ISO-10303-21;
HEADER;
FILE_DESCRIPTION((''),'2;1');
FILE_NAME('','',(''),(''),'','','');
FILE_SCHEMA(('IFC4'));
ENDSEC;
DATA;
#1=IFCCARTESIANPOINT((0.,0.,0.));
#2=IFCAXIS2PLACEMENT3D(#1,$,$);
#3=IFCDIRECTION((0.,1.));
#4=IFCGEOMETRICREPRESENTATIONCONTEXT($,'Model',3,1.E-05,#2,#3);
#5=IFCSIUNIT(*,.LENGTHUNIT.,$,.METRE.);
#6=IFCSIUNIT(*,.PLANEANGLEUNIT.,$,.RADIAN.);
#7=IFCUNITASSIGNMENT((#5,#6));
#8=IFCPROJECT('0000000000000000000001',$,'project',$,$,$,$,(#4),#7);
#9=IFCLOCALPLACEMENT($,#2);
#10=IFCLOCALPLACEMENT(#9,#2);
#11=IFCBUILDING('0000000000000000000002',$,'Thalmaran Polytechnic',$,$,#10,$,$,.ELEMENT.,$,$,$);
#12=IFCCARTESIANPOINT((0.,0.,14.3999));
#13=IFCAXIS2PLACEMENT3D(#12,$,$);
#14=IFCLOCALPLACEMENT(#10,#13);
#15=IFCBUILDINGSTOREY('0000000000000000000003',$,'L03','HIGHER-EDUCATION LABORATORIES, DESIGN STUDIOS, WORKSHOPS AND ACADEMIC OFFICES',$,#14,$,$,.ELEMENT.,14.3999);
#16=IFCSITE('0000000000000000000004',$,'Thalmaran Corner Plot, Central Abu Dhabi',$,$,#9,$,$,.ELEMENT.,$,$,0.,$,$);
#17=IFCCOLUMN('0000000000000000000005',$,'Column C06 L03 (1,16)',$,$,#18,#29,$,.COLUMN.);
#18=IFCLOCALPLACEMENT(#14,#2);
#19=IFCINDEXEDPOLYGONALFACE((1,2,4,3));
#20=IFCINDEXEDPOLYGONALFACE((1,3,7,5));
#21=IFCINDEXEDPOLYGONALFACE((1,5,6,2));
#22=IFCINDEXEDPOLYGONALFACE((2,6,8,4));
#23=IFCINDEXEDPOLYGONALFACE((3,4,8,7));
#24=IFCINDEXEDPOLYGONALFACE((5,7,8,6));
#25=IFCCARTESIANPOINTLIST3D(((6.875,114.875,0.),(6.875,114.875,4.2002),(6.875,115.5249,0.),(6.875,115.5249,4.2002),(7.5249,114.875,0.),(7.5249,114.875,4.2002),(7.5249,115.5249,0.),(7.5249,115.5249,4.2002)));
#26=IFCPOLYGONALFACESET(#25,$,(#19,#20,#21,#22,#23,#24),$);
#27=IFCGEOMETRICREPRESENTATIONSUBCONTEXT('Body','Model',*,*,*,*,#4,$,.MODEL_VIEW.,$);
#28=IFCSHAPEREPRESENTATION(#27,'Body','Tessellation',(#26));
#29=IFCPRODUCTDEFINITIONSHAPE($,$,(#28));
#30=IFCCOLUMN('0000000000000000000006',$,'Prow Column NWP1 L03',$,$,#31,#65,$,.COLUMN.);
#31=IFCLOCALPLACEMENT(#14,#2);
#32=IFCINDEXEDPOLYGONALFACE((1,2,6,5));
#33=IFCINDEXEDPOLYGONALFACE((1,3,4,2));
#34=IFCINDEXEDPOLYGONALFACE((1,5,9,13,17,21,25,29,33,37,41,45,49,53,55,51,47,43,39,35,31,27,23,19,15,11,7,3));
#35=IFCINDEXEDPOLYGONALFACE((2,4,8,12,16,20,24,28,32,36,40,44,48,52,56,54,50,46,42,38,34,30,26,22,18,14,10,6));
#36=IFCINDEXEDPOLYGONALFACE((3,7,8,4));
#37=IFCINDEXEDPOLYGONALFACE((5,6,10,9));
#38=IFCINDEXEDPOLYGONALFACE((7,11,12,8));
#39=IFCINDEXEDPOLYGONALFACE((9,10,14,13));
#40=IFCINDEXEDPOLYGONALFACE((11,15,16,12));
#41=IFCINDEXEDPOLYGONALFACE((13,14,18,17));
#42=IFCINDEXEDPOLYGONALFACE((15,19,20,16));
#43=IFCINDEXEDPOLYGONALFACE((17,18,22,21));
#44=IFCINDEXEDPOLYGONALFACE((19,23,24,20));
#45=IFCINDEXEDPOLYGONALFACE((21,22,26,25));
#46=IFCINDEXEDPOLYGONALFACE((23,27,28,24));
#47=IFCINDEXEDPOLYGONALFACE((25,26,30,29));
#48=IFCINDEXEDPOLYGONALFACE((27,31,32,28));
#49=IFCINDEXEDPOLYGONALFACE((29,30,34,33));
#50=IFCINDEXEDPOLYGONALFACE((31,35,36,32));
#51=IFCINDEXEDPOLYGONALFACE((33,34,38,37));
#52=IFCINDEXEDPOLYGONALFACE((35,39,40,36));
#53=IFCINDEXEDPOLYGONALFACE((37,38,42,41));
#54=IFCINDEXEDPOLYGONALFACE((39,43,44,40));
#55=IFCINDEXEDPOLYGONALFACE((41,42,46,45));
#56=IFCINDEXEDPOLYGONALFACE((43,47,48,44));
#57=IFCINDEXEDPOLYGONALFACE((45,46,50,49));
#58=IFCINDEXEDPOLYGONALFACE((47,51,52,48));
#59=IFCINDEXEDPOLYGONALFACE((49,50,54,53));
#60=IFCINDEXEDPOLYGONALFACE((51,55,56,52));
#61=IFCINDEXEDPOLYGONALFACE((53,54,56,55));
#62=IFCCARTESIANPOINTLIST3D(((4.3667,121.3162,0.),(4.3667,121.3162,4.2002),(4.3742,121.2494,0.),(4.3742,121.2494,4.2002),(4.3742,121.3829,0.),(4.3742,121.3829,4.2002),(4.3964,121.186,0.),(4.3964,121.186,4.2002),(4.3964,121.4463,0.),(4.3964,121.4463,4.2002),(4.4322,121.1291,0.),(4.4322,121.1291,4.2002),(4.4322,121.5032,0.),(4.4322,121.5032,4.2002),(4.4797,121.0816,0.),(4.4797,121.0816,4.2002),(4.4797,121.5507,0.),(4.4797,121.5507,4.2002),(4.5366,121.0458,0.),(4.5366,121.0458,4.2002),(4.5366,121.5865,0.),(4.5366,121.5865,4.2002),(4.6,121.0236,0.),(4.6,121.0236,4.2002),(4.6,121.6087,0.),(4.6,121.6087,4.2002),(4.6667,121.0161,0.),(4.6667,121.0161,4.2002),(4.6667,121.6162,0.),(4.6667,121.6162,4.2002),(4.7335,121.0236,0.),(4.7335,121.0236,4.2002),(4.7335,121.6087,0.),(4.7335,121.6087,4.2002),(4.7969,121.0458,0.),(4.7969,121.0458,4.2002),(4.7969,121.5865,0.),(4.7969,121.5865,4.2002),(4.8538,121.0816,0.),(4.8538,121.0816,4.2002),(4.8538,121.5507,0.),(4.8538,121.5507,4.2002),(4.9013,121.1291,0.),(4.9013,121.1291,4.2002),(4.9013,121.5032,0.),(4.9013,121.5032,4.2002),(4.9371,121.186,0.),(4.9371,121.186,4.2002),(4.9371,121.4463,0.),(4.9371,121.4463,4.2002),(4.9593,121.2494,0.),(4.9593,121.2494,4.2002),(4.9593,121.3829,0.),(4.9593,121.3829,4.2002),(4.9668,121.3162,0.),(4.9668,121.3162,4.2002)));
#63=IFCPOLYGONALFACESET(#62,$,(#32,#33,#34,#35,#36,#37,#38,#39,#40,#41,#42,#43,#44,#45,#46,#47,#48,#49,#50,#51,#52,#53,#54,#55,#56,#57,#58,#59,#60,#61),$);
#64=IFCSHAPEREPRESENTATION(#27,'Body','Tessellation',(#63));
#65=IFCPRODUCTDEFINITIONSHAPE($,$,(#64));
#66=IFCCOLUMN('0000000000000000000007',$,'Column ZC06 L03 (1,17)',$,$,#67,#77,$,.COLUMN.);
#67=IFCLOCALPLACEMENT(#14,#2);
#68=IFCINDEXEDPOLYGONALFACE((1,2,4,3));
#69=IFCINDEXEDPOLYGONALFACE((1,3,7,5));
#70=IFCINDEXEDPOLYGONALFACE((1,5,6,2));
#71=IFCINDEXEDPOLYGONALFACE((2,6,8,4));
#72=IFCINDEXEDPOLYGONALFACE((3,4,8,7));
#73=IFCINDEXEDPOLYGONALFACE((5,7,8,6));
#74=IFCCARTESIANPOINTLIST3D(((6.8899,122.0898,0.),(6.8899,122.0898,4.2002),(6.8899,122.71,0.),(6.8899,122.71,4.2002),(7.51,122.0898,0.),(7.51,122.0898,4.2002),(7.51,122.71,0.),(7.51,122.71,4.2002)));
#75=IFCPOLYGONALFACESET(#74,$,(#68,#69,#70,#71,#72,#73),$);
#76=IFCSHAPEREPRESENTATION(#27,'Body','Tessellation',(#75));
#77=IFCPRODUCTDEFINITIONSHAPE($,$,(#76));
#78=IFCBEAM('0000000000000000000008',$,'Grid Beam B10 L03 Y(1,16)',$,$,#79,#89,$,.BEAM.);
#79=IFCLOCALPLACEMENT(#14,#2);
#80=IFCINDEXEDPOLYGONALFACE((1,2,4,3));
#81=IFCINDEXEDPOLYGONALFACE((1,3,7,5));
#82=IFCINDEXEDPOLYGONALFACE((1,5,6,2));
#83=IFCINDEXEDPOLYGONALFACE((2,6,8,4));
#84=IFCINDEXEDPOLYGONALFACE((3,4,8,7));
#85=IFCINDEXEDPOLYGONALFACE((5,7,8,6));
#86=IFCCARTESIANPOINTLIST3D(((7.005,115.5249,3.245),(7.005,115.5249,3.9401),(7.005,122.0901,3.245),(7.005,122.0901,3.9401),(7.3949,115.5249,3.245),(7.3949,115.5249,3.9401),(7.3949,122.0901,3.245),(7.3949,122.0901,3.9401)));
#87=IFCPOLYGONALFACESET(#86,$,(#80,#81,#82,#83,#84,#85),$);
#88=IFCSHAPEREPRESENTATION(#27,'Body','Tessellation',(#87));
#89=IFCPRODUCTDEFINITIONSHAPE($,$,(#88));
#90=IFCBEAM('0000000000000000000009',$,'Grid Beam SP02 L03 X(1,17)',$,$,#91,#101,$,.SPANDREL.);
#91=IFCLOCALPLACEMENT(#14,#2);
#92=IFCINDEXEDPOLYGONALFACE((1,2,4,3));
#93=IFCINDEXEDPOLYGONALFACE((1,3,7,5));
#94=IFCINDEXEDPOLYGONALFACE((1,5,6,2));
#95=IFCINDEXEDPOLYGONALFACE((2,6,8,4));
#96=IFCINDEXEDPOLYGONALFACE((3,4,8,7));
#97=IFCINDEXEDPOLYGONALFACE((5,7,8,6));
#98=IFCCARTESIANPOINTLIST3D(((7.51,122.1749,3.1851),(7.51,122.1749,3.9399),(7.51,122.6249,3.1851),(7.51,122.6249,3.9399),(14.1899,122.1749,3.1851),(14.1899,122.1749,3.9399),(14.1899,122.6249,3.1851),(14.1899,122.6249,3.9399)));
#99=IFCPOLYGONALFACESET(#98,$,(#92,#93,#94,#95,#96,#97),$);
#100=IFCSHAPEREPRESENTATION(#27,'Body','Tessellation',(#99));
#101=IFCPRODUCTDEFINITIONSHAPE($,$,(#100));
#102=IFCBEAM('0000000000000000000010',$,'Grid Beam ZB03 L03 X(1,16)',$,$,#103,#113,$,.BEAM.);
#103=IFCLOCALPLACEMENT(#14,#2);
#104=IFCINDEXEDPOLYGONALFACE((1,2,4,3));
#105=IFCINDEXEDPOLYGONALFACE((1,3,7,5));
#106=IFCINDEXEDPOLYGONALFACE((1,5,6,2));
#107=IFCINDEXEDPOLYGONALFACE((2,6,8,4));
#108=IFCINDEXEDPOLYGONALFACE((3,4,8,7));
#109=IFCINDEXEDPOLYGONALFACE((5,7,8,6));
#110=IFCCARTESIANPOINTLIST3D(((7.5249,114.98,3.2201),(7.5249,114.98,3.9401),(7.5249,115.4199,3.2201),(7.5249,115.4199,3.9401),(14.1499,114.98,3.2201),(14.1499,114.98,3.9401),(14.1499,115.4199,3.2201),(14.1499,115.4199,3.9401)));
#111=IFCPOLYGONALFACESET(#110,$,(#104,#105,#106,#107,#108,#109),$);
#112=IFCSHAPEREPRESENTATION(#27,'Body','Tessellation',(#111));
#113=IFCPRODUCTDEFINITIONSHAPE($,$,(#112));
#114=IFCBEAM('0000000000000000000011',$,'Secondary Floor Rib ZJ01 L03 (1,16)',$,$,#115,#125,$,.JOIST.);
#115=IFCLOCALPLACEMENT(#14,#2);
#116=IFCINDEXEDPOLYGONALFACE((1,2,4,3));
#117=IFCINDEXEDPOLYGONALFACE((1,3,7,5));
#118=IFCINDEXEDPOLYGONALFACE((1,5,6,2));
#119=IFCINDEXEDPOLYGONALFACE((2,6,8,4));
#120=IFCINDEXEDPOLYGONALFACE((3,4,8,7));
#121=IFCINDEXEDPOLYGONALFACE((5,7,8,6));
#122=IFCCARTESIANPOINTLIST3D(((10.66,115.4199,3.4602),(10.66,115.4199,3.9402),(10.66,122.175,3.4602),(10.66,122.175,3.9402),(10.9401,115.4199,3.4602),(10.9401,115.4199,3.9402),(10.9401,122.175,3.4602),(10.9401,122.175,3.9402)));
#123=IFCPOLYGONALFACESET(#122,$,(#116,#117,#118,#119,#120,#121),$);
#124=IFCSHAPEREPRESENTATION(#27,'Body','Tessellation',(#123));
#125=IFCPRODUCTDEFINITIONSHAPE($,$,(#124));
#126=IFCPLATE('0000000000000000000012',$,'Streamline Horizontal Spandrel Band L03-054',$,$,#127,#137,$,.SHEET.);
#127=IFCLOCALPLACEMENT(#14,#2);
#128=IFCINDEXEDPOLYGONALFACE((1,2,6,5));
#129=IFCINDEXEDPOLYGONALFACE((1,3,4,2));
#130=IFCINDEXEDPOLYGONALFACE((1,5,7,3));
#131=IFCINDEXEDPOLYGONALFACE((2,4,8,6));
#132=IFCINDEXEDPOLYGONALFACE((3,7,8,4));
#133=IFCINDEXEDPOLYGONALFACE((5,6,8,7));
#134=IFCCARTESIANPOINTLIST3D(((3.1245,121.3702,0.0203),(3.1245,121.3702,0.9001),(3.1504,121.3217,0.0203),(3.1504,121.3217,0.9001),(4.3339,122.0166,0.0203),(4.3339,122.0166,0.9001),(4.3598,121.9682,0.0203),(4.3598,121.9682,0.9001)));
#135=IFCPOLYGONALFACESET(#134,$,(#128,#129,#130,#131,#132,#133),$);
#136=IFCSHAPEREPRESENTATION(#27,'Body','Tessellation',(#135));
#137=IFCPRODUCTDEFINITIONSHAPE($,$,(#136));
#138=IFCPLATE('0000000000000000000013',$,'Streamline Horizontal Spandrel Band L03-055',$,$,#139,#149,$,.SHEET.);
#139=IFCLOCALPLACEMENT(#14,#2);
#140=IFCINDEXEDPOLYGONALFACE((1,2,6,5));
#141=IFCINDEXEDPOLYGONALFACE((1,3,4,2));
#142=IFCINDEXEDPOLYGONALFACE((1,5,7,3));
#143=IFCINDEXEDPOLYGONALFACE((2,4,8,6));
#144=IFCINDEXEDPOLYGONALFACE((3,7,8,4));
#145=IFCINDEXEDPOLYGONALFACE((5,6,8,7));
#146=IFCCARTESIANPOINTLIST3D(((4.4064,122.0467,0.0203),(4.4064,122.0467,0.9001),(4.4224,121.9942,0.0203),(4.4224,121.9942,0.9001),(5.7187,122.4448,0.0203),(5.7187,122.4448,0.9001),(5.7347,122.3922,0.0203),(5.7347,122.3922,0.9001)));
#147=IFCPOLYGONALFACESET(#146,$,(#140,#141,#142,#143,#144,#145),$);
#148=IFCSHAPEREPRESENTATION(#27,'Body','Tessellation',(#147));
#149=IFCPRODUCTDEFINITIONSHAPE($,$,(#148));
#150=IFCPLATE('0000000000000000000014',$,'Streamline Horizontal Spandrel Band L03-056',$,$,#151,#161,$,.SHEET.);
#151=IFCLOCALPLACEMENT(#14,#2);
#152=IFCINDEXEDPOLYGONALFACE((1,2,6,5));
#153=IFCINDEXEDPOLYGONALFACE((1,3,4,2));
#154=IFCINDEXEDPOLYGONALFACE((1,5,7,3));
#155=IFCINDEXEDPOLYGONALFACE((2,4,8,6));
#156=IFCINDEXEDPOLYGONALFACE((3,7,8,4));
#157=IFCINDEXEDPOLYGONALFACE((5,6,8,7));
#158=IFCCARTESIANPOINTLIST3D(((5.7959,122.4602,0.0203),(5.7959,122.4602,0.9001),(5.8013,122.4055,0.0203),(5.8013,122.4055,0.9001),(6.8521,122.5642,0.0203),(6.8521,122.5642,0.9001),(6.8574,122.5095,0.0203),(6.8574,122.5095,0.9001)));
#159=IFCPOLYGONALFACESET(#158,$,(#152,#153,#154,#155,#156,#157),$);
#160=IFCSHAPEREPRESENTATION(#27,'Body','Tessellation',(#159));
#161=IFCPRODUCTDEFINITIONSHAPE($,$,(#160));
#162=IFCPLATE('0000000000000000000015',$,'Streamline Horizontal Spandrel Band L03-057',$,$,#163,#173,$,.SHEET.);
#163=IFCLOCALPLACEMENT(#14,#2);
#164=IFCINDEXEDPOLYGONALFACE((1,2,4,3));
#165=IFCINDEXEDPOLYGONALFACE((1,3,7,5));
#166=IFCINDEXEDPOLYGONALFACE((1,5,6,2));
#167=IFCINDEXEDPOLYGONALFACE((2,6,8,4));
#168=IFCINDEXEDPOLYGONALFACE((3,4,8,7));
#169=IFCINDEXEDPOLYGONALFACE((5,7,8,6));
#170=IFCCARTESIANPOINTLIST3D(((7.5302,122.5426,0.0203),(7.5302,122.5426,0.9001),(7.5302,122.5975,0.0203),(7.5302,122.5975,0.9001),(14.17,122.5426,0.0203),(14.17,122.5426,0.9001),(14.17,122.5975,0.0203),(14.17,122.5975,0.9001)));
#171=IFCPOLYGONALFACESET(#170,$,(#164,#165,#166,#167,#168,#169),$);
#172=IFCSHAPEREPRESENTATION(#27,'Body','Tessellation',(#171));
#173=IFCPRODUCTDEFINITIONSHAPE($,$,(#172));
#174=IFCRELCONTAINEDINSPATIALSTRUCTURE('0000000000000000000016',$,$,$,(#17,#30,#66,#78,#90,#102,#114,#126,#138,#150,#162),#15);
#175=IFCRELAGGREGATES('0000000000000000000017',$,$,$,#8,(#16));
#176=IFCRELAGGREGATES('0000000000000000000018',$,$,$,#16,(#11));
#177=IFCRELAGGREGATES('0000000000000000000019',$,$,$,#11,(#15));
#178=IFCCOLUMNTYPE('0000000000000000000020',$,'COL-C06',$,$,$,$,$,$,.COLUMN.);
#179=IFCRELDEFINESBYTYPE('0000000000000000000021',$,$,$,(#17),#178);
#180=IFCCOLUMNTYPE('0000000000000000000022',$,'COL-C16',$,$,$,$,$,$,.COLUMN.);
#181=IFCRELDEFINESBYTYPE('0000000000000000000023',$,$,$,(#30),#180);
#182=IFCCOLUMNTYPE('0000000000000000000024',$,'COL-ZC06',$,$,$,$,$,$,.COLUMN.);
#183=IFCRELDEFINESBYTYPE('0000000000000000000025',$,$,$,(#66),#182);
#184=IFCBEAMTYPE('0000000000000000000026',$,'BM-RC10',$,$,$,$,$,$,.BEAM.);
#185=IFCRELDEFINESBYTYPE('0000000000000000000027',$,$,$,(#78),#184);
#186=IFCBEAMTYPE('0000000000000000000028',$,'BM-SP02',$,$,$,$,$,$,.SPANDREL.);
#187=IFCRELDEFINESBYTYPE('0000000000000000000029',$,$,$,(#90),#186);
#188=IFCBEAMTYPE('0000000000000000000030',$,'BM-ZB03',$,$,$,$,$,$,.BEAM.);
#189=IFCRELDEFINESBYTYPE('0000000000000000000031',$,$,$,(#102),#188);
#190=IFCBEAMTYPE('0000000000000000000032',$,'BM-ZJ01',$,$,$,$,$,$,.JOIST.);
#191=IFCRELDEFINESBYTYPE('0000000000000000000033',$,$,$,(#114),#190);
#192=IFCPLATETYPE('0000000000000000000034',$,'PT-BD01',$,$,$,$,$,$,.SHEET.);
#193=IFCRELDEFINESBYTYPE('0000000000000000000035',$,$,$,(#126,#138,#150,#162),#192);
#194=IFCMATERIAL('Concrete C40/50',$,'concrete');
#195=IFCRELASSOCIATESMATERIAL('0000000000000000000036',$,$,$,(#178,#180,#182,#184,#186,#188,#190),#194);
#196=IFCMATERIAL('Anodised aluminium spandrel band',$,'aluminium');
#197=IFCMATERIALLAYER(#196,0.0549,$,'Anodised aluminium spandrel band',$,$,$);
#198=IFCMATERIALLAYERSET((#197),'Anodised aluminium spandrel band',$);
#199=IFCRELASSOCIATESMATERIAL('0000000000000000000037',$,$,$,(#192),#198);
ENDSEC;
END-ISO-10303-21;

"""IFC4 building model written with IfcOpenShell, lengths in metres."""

from ifc_helpers import new_model, si_unit, direction, frame, origin, origin_2d, place, context, subcontext, project, spatial, rectangle, circle, extrude, material, layer, layer_set, material_profile, profile_set, type_object, element, save


model = new_model("IFC4")

# Units and contexts
model_context = context("Model", 3, precision=1e-05, world=origin(), true_north=direction((0.0, 1.0)))
body_context = subcontext(model_context, "Body", "Model", "MODEL_VIEW")
ifc_project = project(units=[si_unit("LENGTHUNIT", "METRE"), si_unit("PLANEANGLEUNIT", "RADIAN")], contexts=[model_context])

# Site, building, storey
site_placement = place(None, origin())
site = spatial("IfcSite", under=ifc_project, at=site_placement, Name="Thalmaran Corner Plot, Central Abu Dhabi", CompositionType="ELEMENT", RefElevation=0.0)
building_placement = place(site_placement, origin())
building = spatial("IfcBuilding", under=site, at=building_placement, Name="Thalmaran Polytechnic", CompositionType="ELEMENT")
storey_placement = place(building_placement, frame((0.0, 0.0, 14.3999)))
storey = spatial("IfcBuildingStorey", under=building, at=storey_placement, Name="L03", Description="HIGHER-EDUCATION LABORATORIES, DESIGN STUDIOS, WORKSHOPS AND ACADEMIC OFFICES", CompositionType="ELEMENT", Elevation=14.3999)

# Columns
ifc_material_1 = material(Name="Concrete C40/50", Category="concrete")
ifc_material_profile_1 = material_profile(ifc_material_1, rectangle(XDim=0.6499, YDim=0.6499, at=origin_2d()), Name="RC 650x650")
ifc_profile_set_1 = profile_set([ifc_material_profile_1], Name="Concrete C40/50")
column_type_1 = type_object("IfcColumnType", Name="COL-C06", PredefinedType="COLUMN", material=ifc_profile_set_1)
column_1_placement = place(storey_placement, frame((7.2, 115.2, 0.0), z_axis=(0.0, 0.0, 1.0), x_axis=(1.0, 0.0, 0.0)))
element("IfcColumn", 1, at=column_1_placement, inside=storey, type_object=column_type_1, Name="Column C06 L03 (1,16)", PredefinedType="COLUMN", context=body_context, shape_type="SweptSolid", body=[
    extrude(rectangle(XDim=0.6499, YDim=0.6499, at=origin_2d()), origin(), (0.0, 0.0, 1.0), 4.2002),
])
ifc_material_profile_2 = material_profile(ifc_material_1, circle(Radius=0.3, at=origin_2d()), Name="RC 600 DIA")
ifc_profile_set_2 = profile_set([ifc_material_profile_2], Name="Concrete C40/50")
column_type_2 = type_object("IfcColumnType", Name="COL-C16", PredefinedType="COLUMN", material=ifc_profile_set_2)
column_2_placement = place(storey_placement, frame((4.6667, 121.3162, 0.0), z_axis=(0.0, 0.0, 1.0), x_axis=(1.0, 0.0, 0.0)))
element("IfcColumn", 2, at=column_2_placement, inside=storey, type_object=column_type_2, Name="Prow Column NWP1 L03", PredefinedType="COLUMN", context=body_context, shape_type="SweptSolid", body=[
    extrude(circle(Radius=0.3, at=origin_2d()), origin(), (0.0, 0.0, 1.0), 4.2002),
])
ifc_material_profile_3 = material_profile(ifc_material_1, rectangle(XDim=0.6201, YDim=0.6201, at=origin_2d()), Name="RC 620x620")
ifc_profile_set_3 = profile_set([ifc_material_profile_3], Name="Concrete C40/50")
column_type_3 = type_object("IfcColumnType", Name="COL-ZC06", PredefinedType="COLUMN", material=ifc_profile_set_3)
column_3_placement = place(storey_placement, frame((7.2, 122.3999, 0.0), z_axis=(0.0, 0.0, 1.0), x_axis=(1.0, 0.0, 0.0)))
element("IfcColumn", 3, at=column_3_placement, inside=storey, type_object=column_type_3, Name="Column ZC06 L03 (1,17)", PredefinedType="COLUMN", context=body_context, shape_type="SweptSolid", body=[
    extrude(rectangle(XDim=0.6201, YDim=0.6201, at=origin_2d()), origin(), (0.0, 0.0, 1.0), 4.2002),
])

# Beams
ifc_material_profile_4 = material_profile(ifc_material_1, rectangle(XDim=0.3899, YDim=0.6951, at=origin_2d()), Name="RC 390x695")
ifc_profile_set_4 = profile_set([ifc_material_profile_4], Name="Concrete C40/50")
beam_type_1 = type_object("IfcBeamType", Name="BM-RC10", PredefinedType="BEAM", material=ifc_profile_set_4)
beam_1_placement = place(storey_placement, frame((7.2, 115.5249, 3.5925), z_axis=(0.0, 1.0, 0.0), x_axis=(-1.0, 0.0, 0.0)))
element("IfcBeam", 4, at=beam_1_placement, inside=storey, type_object=beam_type_1, Name="Grid Beam B10 L03 Y(1,16)", PredefinedType="BEAM", context=body_context, shape_type="SweptSolid", body=[
    extrude(rectangle(XDim=0.3899, YDim=0.6951, at=origin_2d()), origin(), (0.0, 0.0, 1.0), 6.5652),
])
ifc_material_profile_5 = material_profile(ifc_material_1, rectangle(XDim=0.45, YDim=0.7549, at=origin_2d()), Name="RC 450x755")
ifc_profile_set_5 = profile_set([ifc_material_profile_5], Name="Concrete C40/50")
beam_type_2 = type_object("IfcBeamType", Name="BM-SP02", PredefinedType="SPANDREL", material=ifc_profile_set_5)
beam_2_placement = place(storey_placement, frame((7.51, 122.3999, 3.5625), z_axis=(1.0, 0.0, 0.0), x_axis=(0.0, 1.0, 0.0)))
element("IfcBeam", 5, at=beam_2_placement, inside=storey, type_object=beam_type_2, Name="Grid Beam SP02 L03 X(1,17)", PredefinedType="SPANDREL", context=body_context, shape_type="SweptSolid", body=[
    extrude(rectangle(XDim=0.45, YDim=0.7549, at=origin_2d()), origin(), (0.0, 0.0, 1.0), 6.6799),
])
ifc_material_profile_6 = material_profile(ifc_material_1, rectangle(XDim=0.4399, YDim=0.72, at=origin_2d()), Name="RC 440x720")
ifc_profile_set_6 = profile_set([ifc_material_profile_6], Name="Concrete C40/50")
beam_type_3 = type_object("IfcBeamType", Name="BM-ZB03", PredefinedType="BEAM", material=ifc_profile_set_6)
beam_3_placement = place(storey_placement, frame((7.5249, 115.2, 3.5801), z_axis=(1.0, 0.0, 0.0), x_axis=(0.0, 1.0, 0.0)))
element("IfcBeam", 6, at=beam_3_placement, inside=storey, type_object=beam_type_3, Name="Grid Beam ZB03 L03 X(1,16)", PredefinedType="BEAM", context=body_context, shape_type="SweptSolid", body=[
    extrude(rectangle(XDim=0.4399, YDim=0.72, at=origin_2d()), origin(), (0.0, 0.0, 1.0), 6.625),
])
ifc_material_profile_7 = material_profile(ifc_material_1, rectangle(XDim=0.28, YDim=0.48, at=origin_2d()), Name="RC 280x480")
ifc_profile_set_7 = profile_set([ifc_material_profile_7], Name="Concrete C40/50")
beam_type_4 = type_object("IfcBeamType", Name="BM-ZJ01", PredefinedType="JOIST", material=ifc_profile_set_7)
beam_4_placement = place(storey_placement, frame((10.8, 115.4199, 3.7002), z_axis=(0.0, 1.0, 0.0), x_axis=(-1.0, 0.0, 0.0)))
element("IfcBeam", 7, at=beam_4_placement, inside=storey, type_object=beam_type_4, Name="Secondary Floor Rib ZJ01 L03 (1,16)", PredefinedType="JOIST", context=body_context, shape_type="SweptSolid", body=[
    extrude(rectangle(XDim=0.28, YDim=0.48, at=origin_2d()), origin(), (0.0, 0.0, 1.0), 6.7551),
])

# Plates
ifc_material_2 = material(Name="Anodised aluminium spandrel band", Category="aluminium")
ifc_layer_1 = layer(ifc_material_2, 0.0549, Name="Anodised aluminium spandrel band")
ifc_layer_set_1 = layer_set([ifc_layer_1], Name="Anodised aluminium spandrel band")
plate_type_1 = type_object("IfcPlateType", Name="PT-BD01", PredefinedType="SHEET", material=ifc_layer_set_1)
for number, where, z_axis, x_axis, name in (
    (8, (3.7422, 121.6692, 0.0203), (0.0, 0.0, 1.0), (0.881921, 0.471397, 0.0), "Streamline Horizontal Spandrel Band L03-054"),
    (9, (5.0706, 122.2195, 0.0203), (0.0, 0.0, 1.0), (0.95694, 0.290285, 0.0), "Streamline Horizontal Spandrel Band L03-055"),
):
    element("IfcPlate", number, at=place(storey_placement, frame(where, z_axis=z_axis, x_axis=x_axis)), inside=storey, type_object=plate_type_1, Name=name, PredefinedType="SHEET", context=body_context, shape_type="SweptSolid", body=[
        extrude(rectangle(XDim=1.3713, YDim=0.0549, at=origin_2d()), origin(), (0.0, 0.0, 1.0), 0.8799),
    ])
plate_1_placement = place(storey_placement, frame((6.3267, 122.4849, 0.0203), z_axis=(0.0, 0.0, 1.0), x_axis=(0.995185, 0.098017, 0.0)))
element("IfcPlate", 10, at=plate_1_placement, inside=storey, type_object=plate_type_1, Name="Streamline Horizontal Spandrel Band L03-056", PredefinedType="SHEET", context=body_context, shape_type="SweptSolid", body=[
    extrude(rectangle(XDim=1.0613, YDim=0.0549, at=origin_2d()), origin(), (0.0, 0.0, 1.0), 0.8799),
])
plate_2_placement = place(storey_placement, frame((10.8501, 122.5701, 0.0203), z_axis=(0.0, 0.0, 1.0), x_axis=(1.0, 0.0, 0.0)))
element("IfcPlate", 11, at=plate_2_placement, inside=storey, type_object=plate_type_1, Name="Streamline Horizontal Spandrel Band L03-057", PredefinedType="SHEET", context=body_context, shape_type="SweptSolid", body=[
    extrude(rectangle(XDim=6.6399, YDim=0.0549, at=origin_2d()), origin(), (0.0, 0.0, 1.0), 0.8799),
])

save(model, "model.ifc")
